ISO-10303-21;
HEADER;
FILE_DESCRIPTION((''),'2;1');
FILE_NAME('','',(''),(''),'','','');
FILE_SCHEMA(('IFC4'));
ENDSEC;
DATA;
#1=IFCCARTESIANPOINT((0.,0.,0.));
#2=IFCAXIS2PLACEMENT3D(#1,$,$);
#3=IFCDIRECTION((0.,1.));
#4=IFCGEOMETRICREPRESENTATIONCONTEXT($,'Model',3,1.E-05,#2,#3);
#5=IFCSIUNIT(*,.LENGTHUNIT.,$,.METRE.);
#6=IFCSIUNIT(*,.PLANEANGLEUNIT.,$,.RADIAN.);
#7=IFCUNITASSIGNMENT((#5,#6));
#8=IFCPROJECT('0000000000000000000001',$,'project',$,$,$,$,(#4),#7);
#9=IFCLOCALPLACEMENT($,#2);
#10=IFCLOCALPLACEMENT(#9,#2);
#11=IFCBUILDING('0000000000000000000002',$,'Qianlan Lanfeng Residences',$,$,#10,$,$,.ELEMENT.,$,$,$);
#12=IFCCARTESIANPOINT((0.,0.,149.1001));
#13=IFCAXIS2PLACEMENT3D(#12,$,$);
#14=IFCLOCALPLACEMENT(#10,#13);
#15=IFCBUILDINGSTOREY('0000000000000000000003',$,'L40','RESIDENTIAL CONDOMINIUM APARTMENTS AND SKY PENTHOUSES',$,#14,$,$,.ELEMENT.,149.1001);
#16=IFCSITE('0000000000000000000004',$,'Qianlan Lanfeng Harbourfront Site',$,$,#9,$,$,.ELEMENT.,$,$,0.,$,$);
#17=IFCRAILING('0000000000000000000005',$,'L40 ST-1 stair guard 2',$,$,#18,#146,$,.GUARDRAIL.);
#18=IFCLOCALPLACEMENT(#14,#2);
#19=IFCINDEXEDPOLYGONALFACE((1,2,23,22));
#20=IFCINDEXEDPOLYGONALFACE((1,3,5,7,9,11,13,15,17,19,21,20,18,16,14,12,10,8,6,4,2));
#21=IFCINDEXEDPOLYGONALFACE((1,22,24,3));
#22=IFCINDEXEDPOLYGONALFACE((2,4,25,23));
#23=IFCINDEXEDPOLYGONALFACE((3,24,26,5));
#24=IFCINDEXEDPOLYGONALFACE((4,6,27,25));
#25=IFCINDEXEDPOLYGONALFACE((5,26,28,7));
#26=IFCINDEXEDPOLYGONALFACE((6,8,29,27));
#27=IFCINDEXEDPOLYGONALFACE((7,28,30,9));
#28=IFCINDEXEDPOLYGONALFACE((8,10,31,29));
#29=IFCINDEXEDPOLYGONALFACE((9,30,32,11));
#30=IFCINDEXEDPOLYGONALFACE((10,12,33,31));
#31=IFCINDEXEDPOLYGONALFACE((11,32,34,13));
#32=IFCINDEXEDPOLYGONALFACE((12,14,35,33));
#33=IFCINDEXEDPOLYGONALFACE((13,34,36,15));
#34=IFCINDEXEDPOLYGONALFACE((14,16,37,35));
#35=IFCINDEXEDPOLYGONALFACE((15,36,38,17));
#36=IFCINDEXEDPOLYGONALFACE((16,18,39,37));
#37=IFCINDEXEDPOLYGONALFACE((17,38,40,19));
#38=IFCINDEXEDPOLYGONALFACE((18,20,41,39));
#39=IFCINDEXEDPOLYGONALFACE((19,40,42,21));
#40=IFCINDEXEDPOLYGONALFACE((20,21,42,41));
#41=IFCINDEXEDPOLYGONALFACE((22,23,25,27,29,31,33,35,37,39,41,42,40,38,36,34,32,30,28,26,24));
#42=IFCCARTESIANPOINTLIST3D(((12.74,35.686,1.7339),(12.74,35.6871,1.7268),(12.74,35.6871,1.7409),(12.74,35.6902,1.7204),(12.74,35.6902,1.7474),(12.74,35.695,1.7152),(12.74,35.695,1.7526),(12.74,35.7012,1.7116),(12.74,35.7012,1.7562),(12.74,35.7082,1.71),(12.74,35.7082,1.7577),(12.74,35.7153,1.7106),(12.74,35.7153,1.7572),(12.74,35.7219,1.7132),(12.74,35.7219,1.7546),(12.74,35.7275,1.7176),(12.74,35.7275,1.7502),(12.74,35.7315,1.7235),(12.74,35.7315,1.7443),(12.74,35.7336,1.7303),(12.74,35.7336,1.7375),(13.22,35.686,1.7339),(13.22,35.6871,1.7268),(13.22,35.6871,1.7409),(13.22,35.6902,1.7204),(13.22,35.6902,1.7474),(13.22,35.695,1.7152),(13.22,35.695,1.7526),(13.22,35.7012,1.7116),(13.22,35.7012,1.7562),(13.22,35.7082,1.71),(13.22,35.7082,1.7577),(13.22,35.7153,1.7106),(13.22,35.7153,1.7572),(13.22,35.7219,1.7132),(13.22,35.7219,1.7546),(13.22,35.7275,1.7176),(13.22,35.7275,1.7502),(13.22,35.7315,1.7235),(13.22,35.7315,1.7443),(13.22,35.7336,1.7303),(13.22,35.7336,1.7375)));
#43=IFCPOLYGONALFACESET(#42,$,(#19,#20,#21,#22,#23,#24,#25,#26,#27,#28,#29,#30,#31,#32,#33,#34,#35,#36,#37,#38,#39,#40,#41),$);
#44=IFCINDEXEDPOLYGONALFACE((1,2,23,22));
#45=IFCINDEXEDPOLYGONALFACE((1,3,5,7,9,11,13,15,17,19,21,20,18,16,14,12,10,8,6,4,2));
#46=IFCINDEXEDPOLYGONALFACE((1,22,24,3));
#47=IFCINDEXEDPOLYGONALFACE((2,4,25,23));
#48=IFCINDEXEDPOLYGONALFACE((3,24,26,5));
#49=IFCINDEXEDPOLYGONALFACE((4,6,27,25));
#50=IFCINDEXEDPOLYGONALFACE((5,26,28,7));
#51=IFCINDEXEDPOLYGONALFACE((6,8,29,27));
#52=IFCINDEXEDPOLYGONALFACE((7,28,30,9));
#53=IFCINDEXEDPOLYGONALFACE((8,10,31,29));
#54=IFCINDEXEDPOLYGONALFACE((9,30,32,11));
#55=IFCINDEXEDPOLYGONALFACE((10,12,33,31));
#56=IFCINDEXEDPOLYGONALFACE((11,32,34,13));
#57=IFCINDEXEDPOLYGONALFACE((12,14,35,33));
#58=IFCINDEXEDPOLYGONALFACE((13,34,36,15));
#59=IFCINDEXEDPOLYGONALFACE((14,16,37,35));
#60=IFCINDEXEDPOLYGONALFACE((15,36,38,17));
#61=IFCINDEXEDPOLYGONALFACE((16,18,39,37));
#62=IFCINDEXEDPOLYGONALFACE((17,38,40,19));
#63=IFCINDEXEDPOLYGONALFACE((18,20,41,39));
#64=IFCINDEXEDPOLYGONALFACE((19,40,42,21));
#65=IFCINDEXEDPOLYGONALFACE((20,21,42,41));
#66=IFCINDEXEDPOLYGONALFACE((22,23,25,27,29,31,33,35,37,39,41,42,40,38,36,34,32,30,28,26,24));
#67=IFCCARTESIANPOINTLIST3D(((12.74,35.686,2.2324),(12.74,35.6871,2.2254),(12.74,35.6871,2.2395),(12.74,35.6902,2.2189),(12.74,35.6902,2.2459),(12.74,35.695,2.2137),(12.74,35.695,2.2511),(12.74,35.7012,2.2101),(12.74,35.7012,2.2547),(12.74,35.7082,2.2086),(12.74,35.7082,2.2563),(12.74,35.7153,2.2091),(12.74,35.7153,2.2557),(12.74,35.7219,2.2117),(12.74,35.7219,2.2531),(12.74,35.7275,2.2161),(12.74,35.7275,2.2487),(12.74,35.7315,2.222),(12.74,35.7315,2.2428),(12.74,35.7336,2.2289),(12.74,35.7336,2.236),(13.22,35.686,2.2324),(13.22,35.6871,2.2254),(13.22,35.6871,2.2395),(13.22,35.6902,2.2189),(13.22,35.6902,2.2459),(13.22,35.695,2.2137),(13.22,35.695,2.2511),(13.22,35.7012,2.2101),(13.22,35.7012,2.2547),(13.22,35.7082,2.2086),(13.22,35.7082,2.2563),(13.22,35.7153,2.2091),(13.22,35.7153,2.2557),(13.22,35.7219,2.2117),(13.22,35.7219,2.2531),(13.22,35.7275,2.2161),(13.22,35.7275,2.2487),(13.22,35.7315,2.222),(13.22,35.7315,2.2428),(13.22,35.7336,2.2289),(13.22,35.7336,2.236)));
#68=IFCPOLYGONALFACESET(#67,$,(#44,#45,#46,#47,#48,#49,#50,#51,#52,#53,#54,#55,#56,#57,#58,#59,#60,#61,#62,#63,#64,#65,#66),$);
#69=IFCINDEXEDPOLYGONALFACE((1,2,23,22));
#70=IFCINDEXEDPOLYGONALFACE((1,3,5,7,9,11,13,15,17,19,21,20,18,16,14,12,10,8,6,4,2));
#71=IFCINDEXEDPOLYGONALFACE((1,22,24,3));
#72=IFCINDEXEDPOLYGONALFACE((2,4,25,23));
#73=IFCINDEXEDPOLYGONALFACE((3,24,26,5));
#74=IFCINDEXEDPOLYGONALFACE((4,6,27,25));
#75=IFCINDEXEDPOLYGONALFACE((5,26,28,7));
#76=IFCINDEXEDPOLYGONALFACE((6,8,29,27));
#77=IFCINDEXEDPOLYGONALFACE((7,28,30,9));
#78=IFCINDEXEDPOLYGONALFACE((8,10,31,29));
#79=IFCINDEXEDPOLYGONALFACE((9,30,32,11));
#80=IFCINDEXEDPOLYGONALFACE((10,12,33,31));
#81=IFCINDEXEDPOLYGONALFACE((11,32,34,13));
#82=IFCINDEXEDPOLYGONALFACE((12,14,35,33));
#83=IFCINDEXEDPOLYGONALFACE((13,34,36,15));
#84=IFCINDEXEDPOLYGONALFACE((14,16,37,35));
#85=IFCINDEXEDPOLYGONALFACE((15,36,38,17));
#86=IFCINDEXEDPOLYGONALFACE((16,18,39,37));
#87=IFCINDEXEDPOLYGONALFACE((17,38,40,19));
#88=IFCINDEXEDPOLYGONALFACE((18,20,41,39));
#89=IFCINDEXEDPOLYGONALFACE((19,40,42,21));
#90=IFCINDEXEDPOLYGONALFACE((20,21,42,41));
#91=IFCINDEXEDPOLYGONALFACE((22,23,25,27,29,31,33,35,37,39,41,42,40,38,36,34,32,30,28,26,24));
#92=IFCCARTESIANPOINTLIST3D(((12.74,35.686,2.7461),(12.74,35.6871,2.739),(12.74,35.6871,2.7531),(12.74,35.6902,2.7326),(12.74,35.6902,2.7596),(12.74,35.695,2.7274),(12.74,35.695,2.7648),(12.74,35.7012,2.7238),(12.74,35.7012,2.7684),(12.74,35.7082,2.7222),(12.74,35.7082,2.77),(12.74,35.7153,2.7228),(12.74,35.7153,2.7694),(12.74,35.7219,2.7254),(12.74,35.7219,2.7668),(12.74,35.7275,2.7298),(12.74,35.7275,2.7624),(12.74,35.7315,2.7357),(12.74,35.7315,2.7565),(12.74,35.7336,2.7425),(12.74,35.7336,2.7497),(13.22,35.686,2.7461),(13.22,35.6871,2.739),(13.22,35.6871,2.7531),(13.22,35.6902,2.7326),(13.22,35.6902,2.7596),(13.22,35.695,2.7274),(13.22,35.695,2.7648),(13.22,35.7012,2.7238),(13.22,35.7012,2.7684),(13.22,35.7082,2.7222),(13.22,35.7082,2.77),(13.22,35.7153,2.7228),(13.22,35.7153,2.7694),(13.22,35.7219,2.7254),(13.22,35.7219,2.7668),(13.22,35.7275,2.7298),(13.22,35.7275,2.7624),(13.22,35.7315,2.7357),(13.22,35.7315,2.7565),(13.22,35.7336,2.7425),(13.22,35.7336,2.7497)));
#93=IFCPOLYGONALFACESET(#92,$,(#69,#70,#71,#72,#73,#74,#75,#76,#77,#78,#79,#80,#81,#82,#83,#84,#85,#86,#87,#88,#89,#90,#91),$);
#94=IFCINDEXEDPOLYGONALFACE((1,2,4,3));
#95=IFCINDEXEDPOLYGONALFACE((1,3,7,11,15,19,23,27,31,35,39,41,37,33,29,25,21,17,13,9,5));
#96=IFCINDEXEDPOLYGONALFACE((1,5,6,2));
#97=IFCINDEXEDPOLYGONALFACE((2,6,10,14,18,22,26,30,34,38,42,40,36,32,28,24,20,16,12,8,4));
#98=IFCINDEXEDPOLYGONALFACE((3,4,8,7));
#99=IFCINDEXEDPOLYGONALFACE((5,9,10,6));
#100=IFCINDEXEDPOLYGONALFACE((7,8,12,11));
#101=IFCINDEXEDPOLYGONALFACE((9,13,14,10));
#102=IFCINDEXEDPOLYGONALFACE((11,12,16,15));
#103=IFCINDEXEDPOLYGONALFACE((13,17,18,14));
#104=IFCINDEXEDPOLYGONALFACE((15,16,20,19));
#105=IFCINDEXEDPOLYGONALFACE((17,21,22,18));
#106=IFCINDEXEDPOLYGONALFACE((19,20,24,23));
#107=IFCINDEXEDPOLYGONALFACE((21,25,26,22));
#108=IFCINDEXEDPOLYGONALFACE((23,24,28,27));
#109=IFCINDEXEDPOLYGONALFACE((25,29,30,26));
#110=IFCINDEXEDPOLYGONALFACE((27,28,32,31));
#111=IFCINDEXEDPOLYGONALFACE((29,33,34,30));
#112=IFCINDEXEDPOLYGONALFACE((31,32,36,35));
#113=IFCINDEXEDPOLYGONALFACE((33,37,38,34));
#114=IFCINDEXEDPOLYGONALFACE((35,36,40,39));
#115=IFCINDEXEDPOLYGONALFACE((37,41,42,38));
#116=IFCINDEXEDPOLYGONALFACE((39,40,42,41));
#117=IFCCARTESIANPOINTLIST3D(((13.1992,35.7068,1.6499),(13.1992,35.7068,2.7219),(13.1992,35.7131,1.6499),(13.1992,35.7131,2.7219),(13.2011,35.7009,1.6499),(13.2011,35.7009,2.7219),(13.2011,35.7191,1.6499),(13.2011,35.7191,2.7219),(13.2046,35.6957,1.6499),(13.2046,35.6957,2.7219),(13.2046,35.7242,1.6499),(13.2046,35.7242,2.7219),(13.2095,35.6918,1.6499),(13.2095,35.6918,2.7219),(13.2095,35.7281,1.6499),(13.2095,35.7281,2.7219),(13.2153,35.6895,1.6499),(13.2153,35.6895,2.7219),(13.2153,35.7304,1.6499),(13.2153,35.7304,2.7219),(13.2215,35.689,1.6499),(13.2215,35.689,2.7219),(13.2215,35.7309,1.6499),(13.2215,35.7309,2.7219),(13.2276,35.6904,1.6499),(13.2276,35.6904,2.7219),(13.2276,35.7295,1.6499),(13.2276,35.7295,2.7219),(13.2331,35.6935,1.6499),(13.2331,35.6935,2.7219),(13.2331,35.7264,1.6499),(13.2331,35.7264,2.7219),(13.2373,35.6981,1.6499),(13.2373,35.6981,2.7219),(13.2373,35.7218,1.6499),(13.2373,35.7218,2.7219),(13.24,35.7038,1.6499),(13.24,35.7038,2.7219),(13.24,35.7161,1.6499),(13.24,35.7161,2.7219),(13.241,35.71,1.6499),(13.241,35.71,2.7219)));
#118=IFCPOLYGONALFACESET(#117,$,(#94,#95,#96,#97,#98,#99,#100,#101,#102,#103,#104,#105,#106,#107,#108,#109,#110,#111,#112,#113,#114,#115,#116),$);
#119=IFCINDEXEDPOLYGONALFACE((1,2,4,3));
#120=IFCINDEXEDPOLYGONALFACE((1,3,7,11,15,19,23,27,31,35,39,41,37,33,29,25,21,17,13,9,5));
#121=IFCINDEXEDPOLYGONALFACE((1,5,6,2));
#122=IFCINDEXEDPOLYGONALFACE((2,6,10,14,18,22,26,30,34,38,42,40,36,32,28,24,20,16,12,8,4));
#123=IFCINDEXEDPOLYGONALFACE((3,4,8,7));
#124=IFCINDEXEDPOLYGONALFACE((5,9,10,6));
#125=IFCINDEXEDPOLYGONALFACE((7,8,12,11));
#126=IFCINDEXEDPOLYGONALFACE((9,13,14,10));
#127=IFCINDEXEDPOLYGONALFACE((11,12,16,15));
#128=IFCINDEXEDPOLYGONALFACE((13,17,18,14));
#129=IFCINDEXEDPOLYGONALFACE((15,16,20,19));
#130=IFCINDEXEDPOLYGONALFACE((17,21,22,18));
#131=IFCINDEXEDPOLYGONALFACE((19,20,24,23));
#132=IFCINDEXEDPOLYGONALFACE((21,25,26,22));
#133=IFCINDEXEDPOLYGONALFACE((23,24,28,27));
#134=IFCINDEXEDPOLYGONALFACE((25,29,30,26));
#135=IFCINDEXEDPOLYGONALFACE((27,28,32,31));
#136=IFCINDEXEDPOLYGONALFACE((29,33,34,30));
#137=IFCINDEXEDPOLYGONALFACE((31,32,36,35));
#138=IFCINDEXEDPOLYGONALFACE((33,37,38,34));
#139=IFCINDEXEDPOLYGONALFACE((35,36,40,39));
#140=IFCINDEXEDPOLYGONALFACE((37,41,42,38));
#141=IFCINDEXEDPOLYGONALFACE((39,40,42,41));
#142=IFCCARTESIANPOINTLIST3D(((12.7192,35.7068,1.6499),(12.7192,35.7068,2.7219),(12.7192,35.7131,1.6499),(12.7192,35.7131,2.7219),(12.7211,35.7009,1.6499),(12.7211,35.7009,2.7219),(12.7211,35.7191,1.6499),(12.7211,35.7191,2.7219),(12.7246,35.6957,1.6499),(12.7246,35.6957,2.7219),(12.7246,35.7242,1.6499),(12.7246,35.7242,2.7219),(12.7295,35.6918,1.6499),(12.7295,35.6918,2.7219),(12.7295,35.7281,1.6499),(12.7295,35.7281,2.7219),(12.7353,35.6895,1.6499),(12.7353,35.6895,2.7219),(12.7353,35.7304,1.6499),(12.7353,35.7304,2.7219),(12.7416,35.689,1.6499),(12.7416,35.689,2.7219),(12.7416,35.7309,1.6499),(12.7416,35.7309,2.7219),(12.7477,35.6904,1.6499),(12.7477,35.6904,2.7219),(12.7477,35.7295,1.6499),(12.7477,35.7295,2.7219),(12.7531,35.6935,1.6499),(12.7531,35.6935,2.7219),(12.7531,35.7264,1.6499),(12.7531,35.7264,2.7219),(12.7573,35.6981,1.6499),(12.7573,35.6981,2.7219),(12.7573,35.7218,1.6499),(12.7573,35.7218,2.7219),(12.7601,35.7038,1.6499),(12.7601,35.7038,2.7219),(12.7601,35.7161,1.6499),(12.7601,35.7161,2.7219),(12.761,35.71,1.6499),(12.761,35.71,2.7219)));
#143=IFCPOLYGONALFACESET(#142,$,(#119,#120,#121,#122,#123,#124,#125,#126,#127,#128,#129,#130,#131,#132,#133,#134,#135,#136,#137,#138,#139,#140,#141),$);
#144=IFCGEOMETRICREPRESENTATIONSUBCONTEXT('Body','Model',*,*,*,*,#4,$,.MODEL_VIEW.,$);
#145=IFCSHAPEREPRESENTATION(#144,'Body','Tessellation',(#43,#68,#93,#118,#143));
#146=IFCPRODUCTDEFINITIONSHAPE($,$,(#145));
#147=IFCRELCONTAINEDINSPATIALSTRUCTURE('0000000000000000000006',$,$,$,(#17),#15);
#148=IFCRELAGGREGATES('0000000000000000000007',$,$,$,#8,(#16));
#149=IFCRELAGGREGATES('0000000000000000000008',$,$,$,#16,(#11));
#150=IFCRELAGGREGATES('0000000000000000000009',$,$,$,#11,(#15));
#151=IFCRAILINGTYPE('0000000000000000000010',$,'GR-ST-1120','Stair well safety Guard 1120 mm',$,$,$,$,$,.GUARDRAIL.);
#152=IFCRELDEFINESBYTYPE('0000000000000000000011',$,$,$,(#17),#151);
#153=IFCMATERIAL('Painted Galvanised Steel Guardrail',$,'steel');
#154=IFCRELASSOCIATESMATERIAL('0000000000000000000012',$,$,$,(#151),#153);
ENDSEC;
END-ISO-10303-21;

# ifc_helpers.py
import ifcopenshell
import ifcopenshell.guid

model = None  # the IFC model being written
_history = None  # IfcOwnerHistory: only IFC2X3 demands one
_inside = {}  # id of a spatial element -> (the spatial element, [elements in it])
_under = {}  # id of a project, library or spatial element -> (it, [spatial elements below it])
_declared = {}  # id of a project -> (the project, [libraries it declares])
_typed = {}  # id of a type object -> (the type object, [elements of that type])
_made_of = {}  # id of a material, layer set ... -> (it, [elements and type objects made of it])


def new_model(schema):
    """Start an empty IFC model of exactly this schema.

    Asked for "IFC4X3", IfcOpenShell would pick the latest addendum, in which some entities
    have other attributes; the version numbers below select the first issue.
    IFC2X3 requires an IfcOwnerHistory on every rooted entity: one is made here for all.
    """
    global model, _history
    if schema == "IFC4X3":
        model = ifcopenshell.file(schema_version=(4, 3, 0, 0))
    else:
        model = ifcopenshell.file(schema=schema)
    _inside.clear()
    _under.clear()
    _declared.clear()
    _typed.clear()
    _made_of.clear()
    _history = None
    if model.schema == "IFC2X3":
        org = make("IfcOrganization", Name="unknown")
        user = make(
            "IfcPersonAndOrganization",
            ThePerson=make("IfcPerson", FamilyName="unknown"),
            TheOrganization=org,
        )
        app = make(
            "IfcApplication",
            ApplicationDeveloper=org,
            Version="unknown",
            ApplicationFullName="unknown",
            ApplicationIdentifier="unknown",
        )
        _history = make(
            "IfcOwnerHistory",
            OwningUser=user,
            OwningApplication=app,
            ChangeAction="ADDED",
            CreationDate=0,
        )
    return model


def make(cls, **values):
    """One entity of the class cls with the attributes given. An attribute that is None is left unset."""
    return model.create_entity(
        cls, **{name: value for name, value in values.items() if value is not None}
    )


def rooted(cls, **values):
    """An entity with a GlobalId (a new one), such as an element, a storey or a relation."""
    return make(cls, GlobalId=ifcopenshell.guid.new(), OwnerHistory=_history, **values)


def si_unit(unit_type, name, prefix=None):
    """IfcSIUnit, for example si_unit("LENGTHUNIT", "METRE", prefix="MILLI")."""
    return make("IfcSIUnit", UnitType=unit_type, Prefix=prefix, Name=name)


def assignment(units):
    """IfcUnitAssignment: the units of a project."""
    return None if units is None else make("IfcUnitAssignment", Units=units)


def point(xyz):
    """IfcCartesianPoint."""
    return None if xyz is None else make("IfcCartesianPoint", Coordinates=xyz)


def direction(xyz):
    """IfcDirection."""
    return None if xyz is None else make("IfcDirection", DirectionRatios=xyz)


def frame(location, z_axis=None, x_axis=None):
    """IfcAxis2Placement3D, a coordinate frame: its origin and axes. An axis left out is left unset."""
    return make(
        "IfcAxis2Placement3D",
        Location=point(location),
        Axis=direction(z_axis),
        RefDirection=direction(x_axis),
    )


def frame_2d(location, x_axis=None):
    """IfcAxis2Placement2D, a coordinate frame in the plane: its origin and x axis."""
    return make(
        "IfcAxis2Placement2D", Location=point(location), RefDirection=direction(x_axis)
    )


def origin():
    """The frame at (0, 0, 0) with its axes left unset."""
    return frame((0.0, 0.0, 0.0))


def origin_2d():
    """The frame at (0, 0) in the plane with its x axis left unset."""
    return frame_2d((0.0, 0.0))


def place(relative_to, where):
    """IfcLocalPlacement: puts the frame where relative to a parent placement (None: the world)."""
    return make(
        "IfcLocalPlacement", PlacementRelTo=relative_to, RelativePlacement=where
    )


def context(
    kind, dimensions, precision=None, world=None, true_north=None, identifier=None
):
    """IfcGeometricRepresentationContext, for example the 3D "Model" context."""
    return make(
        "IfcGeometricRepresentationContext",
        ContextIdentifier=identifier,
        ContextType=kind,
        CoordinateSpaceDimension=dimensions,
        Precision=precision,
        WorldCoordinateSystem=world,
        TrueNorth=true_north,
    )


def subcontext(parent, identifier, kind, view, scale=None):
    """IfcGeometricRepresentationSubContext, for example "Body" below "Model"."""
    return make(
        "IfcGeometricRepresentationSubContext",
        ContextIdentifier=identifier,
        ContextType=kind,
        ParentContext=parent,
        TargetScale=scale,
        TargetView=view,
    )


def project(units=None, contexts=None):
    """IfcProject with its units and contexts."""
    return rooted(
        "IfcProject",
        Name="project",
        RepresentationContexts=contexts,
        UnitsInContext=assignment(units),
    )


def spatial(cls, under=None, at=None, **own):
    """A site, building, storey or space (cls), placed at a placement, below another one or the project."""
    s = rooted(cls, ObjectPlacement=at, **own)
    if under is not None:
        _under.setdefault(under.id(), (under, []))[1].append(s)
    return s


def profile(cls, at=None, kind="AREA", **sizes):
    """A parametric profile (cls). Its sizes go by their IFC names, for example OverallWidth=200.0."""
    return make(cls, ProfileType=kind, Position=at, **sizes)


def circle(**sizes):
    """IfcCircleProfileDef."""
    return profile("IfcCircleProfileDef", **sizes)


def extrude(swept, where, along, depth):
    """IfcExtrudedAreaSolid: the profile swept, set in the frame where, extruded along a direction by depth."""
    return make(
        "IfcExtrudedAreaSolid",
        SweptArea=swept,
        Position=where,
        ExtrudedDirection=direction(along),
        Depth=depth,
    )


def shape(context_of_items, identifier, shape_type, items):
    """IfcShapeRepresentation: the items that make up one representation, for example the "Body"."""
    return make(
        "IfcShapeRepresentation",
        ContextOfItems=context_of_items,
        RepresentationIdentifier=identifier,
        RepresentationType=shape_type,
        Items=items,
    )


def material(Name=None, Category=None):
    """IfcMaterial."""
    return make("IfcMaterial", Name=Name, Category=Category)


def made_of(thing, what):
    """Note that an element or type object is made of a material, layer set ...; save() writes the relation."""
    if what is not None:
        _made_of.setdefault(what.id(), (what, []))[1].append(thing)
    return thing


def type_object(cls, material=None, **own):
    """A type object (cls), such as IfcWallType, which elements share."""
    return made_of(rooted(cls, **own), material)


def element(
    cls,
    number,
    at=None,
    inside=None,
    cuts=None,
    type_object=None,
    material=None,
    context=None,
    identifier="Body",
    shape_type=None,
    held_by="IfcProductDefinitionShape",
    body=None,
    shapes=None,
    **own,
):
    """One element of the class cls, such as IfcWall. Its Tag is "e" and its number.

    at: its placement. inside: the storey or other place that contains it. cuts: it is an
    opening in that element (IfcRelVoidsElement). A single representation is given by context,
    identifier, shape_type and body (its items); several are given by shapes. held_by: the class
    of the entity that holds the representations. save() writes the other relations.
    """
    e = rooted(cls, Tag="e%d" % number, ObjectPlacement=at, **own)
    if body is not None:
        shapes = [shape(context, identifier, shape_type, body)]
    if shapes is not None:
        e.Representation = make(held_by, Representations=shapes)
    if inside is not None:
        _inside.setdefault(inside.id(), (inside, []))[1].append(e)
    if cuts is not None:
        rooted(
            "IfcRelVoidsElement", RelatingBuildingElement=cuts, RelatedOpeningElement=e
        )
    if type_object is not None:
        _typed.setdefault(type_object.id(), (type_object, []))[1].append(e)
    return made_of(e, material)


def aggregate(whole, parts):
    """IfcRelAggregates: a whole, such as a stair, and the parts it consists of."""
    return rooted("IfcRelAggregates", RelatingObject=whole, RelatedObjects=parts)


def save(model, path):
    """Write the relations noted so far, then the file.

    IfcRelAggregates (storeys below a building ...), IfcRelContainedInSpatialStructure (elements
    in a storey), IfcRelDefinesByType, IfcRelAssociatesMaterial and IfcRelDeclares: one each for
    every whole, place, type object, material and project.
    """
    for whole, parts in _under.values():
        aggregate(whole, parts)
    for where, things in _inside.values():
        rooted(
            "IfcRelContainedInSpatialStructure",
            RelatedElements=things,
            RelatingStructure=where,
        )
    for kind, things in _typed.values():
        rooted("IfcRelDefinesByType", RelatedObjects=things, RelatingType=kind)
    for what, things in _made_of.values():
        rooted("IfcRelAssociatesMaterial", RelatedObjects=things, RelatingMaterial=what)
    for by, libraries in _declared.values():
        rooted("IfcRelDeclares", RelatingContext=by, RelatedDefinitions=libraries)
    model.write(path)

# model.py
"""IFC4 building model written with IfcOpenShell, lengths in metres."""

from ifc_helpers import new_model, si_unit, direction, frame, origin, origin_2d, place, context, subcontext, project, spatial, circle, extrude, material, type_object, element, save


model = new_model("IFC4")

# Units and contexts
model_context = context("Model", 3, precision=1e-05, world=origin(), true_north=direction((0.0, 1.0)))
body_context = subcontext(model_context, "Body", "Model", "MODEL_VIEW")
ifc_project = project(units=[si_unit("LENGTHUNIT", "METRE"), si_unit("PLANEANGLEUNIT", "RADIAN")], contexts=[model_context])

# Site, building, storey
site_placement = place(None, origin())
site = spatial("IfcSite", under=ifc_project, at=site_placement, Name="Qianlan Lanfeng Harbourfront Site", CompositionType="ELEMENT", RefElevation=0.0)
building_placement = place(site_placement, origin())
building = spatial("IfcBuilding", under=site, at=building_placement, Name="Qianlan Lanfeng Residences", CompositionType="ELEMENT")
storey_placement = place(building_placement, frame((0.0, 0.0, 149.1001)))
storey = spatial("IfcBuildingStorey", under=building, at=storey_placement, Name="L40", Description="RESIDENTIAL CONDOMINIUM APARTMENTS AND SKY PENTHOUSES", CompositionType="ELEMENT", Elevation=149.1001)

# Railing
ifc_material_1 = material(Name="Painted Galvanised Steel Guardrail", Category="steel")
railing_type_1 = type_object("IfcRailingType", Name="GR-ST-1120", Description="Stair well safety Guard 1120 mm", PredefinedType="GUARDRAIL", material=ifc_material_1)
railing_1_placement = place(storey_placement, frame((13.22, 35.71, 1.6499)))
element("IfcRailing", 1, at=railing_1_placement, inside=storey, type_object=railing_type_1, Name="L40 ST-1 stair guard 2", PredefinedType="GUARDRAIL", context=body_context, shape_type="SweptSolid", body=[
    extrude(circle(Radius=0.0239, at=origin_2d()), frame((0.0, 0.0, 0.084), z_axis=(-1.0, 0.0, 0.0), x_axis=(0.0, -1.0, 0.0)), (0.0, 0.0, 1.0), 0.48),
    extrude(circle(Radius=0.0239, at=origin_2d()), frame((0.0, 0.0, 0.5825), z_axis=(-1.0, 0.0, 0.0), x_axis=(0.0, -1.0, 0.0)), (0.0, 0.0, 1.0), 0.48),
    extrude(circle(Radius=0.0239, at=origin_2d()), frame((0.0, 0.0, 1.0962), z_axis=(-1.0, 0.0, 0.0), x_axis=(0.0, -1.0, 0.0)), (0.0, 0.0, 1.0), 0.48),
    extrude(circle(Radius=0.021, at=origin_2d()), origin(), (0.0, 0.0, 1.0), 1.072),
    extrude(circle(Radius=0.021, at=origin_2d()), frame((-0.48, 0.0, 0.0)), (0.0, 0.0, 1.0), 1.072),
])

save(model, "model.ifc")
